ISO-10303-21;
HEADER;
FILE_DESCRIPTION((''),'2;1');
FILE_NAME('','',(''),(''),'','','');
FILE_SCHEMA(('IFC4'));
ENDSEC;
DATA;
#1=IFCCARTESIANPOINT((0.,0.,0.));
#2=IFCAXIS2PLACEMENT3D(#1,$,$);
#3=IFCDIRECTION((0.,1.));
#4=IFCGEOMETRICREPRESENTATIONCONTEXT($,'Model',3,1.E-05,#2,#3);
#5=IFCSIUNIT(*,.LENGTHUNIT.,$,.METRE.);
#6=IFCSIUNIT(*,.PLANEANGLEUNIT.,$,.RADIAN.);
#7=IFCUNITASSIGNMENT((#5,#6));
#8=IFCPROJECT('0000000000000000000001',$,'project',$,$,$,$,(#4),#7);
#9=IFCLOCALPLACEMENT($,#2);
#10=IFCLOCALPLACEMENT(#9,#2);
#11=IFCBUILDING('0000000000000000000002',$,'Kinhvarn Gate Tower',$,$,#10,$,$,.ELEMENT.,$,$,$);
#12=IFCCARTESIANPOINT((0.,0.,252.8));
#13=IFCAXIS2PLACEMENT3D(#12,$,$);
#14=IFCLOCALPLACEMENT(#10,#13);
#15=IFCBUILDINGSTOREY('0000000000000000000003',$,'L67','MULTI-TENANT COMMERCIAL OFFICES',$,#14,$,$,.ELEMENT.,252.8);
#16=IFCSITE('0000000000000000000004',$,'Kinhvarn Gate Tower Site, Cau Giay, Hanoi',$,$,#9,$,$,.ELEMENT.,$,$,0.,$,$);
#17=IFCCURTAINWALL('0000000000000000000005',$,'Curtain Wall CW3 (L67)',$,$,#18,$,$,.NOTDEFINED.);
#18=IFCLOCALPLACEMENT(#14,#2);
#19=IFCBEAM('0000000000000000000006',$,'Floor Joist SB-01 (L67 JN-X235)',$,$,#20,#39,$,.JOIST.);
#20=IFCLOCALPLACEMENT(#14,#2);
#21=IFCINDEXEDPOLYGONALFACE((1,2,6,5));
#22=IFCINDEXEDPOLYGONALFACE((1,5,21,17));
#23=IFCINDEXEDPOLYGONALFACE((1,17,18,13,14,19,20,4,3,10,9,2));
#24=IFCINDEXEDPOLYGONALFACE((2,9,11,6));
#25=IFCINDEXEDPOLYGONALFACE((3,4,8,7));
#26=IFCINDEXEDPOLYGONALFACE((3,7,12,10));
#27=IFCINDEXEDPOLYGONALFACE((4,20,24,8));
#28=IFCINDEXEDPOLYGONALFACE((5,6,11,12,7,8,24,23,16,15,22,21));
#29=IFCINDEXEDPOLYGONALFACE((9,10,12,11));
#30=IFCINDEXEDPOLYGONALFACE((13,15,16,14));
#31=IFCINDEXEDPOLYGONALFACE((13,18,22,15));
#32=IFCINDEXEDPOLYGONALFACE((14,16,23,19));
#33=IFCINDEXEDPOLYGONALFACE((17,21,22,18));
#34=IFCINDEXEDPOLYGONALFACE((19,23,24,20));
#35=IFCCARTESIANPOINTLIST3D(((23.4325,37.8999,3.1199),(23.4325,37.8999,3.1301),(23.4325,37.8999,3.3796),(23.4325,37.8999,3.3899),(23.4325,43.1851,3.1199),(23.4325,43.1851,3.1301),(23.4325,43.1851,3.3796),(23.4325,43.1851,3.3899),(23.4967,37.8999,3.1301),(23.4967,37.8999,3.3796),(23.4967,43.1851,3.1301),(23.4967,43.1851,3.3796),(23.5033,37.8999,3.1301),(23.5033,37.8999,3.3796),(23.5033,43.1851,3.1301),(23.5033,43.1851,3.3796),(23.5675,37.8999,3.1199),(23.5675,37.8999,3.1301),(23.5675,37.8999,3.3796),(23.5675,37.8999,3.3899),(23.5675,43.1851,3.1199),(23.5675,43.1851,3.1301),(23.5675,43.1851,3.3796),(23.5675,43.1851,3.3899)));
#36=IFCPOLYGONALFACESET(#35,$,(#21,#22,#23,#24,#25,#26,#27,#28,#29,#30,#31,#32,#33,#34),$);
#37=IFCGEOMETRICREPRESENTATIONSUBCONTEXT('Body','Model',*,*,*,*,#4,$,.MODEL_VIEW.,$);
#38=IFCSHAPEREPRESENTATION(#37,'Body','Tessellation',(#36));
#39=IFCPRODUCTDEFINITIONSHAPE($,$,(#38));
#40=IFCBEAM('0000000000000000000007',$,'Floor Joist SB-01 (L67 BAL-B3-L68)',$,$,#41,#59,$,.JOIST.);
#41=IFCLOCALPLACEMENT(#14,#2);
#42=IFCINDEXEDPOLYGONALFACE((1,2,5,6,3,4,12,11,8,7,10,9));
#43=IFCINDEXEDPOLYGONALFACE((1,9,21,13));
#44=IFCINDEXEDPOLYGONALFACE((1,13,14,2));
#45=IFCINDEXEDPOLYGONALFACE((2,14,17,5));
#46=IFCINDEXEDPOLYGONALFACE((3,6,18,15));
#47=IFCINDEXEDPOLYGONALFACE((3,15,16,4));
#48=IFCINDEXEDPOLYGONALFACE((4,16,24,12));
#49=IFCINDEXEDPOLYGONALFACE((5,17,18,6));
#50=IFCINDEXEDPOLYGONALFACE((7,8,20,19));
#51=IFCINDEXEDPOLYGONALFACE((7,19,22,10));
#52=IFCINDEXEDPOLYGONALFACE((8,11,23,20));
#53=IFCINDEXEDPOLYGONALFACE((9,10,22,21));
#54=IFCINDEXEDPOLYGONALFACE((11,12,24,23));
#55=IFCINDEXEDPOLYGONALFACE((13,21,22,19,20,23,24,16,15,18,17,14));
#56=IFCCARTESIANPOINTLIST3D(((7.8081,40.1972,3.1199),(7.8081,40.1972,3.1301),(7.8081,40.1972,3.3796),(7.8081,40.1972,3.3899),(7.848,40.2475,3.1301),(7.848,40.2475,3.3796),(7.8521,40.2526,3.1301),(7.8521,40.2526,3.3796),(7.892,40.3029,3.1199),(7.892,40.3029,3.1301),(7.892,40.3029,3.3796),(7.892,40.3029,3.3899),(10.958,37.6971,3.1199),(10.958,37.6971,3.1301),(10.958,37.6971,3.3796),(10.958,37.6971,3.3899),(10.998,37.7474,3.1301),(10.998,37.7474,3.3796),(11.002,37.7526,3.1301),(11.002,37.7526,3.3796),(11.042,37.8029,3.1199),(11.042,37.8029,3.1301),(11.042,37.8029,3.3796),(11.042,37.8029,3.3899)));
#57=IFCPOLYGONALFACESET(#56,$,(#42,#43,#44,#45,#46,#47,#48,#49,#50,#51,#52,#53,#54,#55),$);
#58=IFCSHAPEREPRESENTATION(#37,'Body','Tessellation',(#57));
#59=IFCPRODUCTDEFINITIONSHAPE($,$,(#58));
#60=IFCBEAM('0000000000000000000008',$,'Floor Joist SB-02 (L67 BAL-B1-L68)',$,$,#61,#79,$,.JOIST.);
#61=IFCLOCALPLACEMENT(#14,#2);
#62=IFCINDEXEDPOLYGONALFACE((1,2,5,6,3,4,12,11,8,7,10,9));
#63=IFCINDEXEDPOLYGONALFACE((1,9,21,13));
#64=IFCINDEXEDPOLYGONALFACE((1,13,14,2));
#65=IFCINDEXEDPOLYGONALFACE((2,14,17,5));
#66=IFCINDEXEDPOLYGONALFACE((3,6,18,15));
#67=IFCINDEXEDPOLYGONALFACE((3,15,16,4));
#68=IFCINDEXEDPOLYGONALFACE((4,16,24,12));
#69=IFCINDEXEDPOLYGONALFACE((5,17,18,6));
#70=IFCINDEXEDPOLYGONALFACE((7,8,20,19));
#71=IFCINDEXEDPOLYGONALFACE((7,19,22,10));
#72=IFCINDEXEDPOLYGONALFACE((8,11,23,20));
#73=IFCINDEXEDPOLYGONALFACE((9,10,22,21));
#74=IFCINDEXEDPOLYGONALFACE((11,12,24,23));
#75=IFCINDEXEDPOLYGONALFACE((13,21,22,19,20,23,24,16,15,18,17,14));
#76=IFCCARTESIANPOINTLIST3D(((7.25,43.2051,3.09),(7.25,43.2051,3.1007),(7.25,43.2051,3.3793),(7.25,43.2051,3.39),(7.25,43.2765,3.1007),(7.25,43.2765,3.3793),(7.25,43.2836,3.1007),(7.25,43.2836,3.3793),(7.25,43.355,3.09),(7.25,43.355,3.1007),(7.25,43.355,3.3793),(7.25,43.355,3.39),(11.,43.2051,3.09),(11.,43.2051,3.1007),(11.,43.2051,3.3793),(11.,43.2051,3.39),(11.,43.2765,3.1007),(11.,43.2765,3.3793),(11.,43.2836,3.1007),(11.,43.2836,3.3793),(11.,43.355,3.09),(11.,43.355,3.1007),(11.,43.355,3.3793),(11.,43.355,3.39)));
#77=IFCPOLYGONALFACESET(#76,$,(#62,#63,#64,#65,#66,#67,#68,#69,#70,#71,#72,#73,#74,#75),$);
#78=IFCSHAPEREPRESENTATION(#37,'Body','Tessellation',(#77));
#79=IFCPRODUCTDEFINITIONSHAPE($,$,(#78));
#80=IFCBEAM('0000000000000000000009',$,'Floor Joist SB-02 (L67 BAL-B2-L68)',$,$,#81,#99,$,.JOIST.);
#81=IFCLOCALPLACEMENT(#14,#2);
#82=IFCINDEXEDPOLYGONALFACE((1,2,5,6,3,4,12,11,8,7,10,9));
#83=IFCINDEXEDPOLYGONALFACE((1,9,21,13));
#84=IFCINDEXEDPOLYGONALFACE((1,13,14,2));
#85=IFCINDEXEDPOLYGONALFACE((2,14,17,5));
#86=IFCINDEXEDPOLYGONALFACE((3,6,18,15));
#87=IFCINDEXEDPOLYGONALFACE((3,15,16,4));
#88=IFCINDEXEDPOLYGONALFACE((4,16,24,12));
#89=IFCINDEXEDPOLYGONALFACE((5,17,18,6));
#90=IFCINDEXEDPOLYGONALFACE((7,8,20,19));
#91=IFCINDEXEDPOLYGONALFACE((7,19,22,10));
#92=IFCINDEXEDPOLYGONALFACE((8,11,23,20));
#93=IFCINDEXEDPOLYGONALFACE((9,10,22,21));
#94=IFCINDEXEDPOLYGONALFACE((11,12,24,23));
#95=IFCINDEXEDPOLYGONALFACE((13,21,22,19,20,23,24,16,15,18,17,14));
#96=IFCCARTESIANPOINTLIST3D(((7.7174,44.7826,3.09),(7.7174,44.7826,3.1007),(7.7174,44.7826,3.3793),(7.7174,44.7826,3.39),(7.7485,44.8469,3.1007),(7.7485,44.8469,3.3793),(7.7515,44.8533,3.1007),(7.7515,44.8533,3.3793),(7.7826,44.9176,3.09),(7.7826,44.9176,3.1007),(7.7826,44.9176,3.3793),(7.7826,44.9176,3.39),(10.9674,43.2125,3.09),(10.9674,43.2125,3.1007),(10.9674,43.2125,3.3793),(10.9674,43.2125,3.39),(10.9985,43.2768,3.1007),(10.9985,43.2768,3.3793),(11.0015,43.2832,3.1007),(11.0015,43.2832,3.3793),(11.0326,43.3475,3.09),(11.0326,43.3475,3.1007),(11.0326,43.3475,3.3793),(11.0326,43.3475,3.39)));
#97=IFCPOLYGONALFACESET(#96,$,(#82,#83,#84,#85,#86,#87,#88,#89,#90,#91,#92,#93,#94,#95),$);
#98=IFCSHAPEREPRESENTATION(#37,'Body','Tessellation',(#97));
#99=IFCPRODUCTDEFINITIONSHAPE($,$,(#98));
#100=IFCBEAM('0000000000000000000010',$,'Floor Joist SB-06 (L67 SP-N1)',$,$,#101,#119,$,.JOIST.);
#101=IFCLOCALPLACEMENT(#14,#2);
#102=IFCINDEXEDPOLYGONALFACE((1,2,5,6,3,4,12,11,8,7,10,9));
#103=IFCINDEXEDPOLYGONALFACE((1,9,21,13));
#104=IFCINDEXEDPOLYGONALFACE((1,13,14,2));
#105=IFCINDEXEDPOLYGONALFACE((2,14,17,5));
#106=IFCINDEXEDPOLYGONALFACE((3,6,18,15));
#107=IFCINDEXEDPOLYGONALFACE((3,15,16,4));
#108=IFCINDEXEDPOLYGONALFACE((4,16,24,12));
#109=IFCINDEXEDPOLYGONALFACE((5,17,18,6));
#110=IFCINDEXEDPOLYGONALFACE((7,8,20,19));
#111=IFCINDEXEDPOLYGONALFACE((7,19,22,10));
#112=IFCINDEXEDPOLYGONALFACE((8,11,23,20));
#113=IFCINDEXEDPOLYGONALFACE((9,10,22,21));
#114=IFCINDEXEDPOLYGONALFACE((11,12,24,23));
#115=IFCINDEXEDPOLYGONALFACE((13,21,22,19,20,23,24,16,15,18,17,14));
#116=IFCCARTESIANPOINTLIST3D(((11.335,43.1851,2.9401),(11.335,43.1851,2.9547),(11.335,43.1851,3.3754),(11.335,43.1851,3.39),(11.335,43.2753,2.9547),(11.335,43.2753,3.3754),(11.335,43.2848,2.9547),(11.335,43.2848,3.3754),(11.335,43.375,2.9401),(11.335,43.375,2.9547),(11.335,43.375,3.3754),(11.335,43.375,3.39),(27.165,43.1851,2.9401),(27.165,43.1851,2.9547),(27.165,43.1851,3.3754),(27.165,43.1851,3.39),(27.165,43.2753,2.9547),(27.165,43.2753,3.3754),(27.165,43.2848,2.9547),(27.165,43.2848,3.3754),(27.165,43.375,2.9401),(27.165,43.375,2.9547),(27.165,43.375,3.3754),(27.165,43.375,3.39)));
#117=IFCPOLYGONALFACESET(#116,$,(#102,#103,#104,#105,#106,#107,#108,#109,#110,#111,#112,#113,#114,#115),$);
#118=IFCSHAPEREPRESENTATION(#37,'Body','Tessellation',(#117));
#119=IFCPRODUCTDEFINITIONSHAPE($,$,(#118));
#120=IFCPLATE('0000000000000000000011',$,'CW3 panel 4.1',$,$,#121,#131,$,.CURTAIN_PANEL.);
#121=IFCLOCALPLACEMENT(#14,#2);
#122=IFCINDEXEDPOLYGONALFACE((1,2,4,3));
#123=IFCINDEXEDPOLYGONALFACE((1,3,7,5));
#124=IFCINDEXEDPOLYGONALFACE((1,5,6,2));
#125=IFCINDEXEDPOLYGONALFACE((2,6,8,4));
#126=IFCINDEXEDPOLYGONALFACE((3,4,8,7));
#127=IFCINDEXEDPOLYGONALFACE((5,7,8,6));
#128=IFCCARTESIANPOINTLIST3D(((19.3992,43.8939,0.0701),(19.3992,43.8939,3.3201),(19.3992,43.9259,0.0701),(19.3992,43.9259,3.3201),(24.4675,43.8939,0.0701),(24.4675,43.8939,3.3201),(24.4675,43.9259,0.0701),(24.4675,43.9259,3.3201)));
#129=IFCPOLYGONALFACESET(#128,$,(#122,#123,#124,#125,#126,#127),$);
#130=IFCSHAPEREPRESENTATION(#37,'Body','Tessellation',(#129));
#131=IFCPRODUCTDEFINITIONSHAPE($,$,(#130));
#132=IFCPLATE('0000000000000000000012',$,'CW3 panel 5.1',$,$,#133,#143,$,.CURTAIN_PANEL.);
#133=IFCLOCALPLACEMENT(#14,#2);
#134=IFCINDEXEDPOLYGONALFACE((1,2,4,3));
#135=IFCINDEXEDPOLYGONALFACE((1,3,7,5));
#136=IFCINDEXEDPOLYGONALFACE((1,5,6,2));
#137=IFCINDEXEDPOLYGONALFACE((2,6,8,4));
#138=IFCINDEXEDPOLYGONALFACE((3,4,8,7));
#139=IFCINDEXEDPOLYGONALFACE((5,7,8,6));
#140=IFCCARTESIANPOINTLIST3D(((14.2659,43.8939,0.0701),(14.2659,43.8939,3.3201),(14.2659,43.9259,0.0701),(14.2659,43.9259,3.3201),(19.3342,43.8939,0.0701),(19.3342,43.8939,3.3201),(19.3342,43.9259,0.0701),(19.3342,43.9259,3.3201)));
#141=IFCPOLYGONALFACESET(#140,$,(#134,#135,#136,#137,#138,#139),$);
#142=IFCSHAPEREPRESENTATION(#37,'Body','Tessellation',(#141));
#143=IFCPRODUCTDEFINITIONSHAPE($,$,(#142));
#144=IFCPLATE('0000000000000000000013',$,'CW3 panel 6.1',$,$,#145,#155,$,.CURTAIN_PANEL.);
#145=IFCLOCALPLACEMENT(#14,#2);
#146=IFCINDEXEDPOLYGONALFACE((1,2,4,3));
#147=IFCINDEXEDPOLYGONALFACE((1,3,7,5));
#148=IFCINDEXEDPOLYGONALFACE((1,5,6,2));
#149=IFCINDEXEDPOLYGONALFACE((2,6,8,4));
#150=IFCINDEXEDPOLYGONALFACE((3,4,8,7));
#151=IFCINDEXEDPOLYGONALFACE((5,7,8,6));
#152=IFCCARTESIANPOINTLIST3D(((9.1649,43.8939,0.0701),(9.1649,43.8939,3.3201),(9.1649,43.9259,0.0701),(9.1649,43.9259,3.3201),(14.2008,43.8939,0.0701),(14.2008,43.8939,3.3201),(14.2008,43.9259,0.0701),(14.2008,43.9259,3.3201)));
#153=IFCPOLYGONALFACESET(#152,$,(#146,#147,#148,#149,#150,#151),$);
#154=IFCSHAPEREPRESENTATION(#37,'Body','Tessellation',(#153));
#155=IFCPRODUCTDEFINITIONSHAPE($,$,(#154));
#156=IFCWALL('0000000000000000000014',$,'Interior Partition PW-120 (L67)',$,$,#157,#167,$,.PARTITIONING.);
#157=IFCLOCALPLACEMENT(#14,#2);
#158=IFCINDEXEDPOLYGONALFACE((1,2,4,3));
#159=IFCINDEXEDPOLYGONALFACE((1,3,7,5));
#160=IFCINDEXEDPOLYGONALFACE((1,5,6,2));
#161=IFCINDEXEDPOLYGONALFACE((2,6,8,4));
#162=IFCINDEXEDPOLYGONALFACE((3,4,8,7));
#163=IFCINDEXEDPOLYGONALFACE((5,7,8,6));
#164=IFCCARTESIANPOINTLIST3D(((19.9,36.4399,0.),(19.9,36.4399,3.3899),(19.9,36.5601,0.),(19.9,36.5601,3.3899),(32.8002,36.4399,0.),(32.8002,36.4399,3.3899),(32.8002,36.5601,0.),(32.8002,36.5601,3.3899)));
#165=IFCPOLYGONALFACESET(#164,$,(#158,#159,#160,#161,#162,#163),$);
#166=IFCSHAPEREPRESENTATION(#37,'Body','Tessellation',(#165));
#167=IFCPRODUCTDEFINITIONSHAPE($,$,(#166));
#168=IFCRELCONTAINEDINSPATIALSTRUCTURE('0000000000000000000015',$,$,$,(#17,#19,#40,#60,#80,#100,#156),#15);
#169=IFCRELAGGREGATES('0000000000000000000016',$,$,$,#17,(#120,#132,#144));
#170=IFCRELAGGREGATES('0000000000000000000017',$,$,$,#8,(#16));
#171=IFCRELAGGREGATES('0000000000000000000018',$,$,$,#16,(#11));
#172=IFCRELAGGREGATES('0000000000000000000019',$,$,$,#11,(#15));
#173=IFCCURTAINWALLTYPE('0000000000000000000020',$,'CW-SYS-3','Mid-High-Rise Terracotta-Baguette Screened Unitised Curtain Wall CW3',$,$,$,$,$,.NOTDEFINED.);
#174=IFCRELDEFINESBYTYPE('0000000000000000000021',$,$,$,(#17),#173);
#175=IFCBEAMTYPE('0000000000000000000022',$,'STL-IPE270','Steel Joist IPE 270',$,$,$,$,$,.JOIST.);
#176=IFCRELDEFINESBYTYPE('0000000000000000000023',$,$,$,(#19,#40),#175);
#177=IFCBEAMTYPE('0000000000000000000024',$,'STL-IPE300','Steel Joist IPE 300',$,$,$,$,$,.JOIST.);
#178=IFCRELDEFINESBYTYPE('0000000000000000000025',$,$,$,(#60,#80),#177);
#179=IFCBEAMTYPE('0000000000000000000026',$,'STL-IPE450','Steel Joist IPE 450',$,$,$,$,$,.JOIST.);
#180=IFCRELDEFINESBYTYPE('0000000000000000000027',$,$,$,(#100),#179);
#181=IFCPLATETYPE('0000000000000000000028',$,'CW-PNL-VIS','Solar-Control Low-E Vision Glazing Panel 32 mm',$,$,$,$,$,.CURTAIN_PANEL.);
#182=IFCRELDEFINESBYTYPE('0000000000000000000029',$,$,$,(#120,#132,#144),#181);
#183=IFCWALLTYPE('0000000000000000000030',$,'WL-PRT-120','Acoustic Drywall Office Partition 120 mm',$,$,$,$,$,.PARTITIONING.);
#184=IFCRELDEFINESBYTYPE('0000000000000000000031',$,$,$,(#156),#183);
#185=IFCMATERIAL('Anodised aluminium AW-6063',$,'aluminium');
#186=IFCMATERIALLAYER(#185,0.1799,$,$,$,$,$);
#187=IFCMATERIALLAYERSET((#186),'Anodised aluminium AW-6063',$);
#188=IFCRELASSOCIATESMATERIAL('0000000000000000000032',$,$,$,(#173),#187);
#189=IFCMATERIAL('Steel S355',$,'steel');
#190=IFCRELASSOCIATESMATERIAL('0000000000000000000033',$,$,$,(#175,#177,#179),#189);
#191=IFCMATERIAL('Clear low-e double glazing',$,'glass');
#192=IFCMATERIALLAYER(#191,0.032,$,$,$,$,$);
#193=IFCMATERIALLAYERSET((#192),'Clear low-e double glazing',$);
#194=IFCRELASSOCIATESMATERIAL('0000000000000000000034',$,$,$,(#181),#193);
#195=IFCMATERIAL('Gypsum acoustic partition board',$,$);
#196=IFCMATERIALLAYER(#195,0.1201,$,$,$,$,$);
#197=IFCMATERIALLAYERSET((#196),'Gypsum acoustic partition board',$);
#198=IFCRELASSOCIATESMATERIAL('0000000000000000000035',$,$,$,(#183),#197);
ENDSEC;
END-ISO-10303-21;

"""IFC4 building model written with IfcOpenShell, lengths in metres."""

from ifc_helpers import new_model, si_unit, direction, frame, frame_2d, origin, origin_2d, place, context, subcontext, project, spatial, rectangle, i_section, extrude, material, layer, layer_set, material_profile, profile_set, type_object, element, aggregate, save


model = new_model("IFC4")

# Units and contexts
model_context = context("Model", 3, precision=1e-05, world=origin(), true_north=direction((0.0, 1.0)))
body_context = subcontext(model_context, "Body", "Model", "MODEL_VIEW")
ifc_project = project(units=[si_unit("LENGTHUNIT", "METRE"), si_unit("PLANEANGLEUNIT", "RADIAN")], contexts=[model_context])

# Site, building, storey
site_placement = place(None, origin())
site = spatial("IfcSite", under=ifc_project, at=site_placement, Name="Kinhvarn Gate Tower Site, Cau Giay, Hanoi", CompositionType="ELEMENT", RefElevation=0.0)
building_placement = place(site_placement, origin())
building = spatial("IfcBuilding", under=site, at=building_placement, Name="Kinhvarn Gate Tower", CompositionType="ELEMENT")
storey_placement = place(building_placement, frame((0.0, 0.0, 252.8)))
storey = spatial("IfcBuildingStorey", under=building, at=storey_placement, Name="L67", Description="MULTI-TENANT COMMERCIAL OFFICES", CompositionType="ELEMENT", Elevation=252.8)

# Curtain wall
ifc_material_1 = material(Name="Anodised aluminium AW-6063", Category="aluminium")
ifc_layer_1 = layer(ifc_material_1, 0.1799)
ifc_layer_set_1 = layer_set([ifc_layer_1], Name="Anodised aluminium AW-6063")
curtain_wall_type = type_object("IfcCurtainWallType", Name="CW-SYS-3", Description="Mid-High-Rise Terracotta-Baguette Screened Unitised Curtain Wall CW3", PredefinedType="NOTDEFINED", material=ifc_layer_set_1)
curtain_wall_placement = place(storey_placement, origin())
curtain_wall = element("IfcCurtainWall", 1, at=curtain_wall_placement, inside=storey, type_object=curtain_wall_type, Name="Curtain Wall CW3 (L67)", PredefinedType="NOTDEFINED")

# Beams
ifc_material_2 = material(Name="Steel S355", Category="steel")
ifc_material_profile_1 = material_profile(ifc_material_2, i_section(OverallWidth=0.135, OverallDepth=0.27, WebThickness=0.0066, FlangeThickness=0.0103, at=origin_2d()), Name="IPE 270")
ifc_profile_set_1 = profile_set([ifc_material_profile_1], Name="Steel S355")
beam_type_1 = type_object("IfcBeamType", Name="STL-IPE270", Description="Steel Joist IPE 270", PredefinedType="JOIST", material=ifc_profile_set_1)
for number, where, z_axis, x_axis, name in (
    (2, (23.5, 37.8999, 3.2549), (0.0, 1.0, 0.0), (-1.0, 0.0, 0.0), "Floor Joist SB-01 (L67 JN-X235)"),
):
    element("IfcBeam", number, at=place(storey_placement, frame(where, z_axis=z_axis, x_axis=x_axis)), inside=storey, type_object=beam_type_1, Name=name, PredefinedType="JOIST", context=body_context, shape_type="SweptSolid", body=[
        extrude(i_section(OverallWidth=0.135, OverallDepth=0.27, WebThickness=0.0066, FlangeThickness=0.0103, at=origin_2d()), origin(), (0.0, 0.0, 1.0), 5.2852),
    ])
beam_1_placement = place(storey_placement, frame((11.0, 37.75, 3.2549), z_axis=(-0.78328, 0.62167, 0.0), x_axis=(-0.62167, -0.78328, 0.0)))
element("IfcBeam", 3, at=beam_1_placement, inside=storey, type_object=beam_type_1, Name="Floor Joist SB-01 (L67 BAL-B3-L68)", PredefinedType="JOIST", context=body_context, shape_type="SweptSolid", body=[
    extrude(i_section(OverallWidth=0.135, OverallDepth=0.27, WebThickness=0.0066, FlangeThickness=0.0103, at=origin_2d()), origin(), (0.0, 0.0, 1.0), 4.0215),
])
ifc_material_profile_2 = material_profile(ifc_material_2, i_section(OverallWidth=0.1499, OverallDepth=0.3, WebThickness=0.0071, FlangeThickness=0.0107, at=origin_2d()), Name="IPE 300")
ifc_profile_set_2 = profile_set([ifc_material_profile_2], Name="Steel S355")
beam_type_2 = type_object("IfcBeamType", Name="STL-IPE300", Description="Steel Joist IPE 300", PredefinedType="JOIST", material=ifc_profile_set_2)
beam_2_placement = place(storey_placement, frame((11.0, 43.28, 3.24), z_axis=(-1.0, 0.0, 0.0), x_axis=(0.0, -1.0, 0.0)))
element("IfcBeam", 4, at=beam_2_placement, inside=storey, type_object=beam_type_2, Name="Floor Joist SB-02 (L67 BAL-B1-L68)", PredefinedType="JOIST", context=body_context, shape_type="SweptSolid", body=[
    extrude(i_section(OverallWidth=0.1499, OverallDepth=0.3, WebThickness=0.0071, FlangeThickness=0.0107, at=origin_2d()), origin(), (0.0, 0.0, 1.0), 3.75),
])
beam_3_placement = place(storey_placement, frame((11.0, 43.28, 3.24), z_axis=(-0.900432, 0.434997, 0.0), x_axis=(-0.434997, -0.900432, 0.0)))
element("IfcBeam", 5, at=beam_3_placement, inside=storey, type_object=beam_type_2, Name="Floor Joist SB-02 (L67 BAL-B2-L68)", PredefinedType="JOIST", context=body_context, shape_type="SweptSolid", body=[
    extrude(i_section(OverallWidth=0.1499, OverallDepth=0.3, WebThickness=0.0071, FlangeThickness=0.0107, at=origin_2d()), origin(), (0.0, 0.0, 1.0), 3.6094),
])
ifc_material_profile_3 = material_profile(ifc_material_2, i_section(OverallWidth=0.1899, OverallDepth=0.45, WebThickness=0.0095, FlangeThickness=0.0146, at=origin_2d()), Name="IPE 450")
ifc_profile_set_3 = profile_set([ifc_material_profile_3], Name="Steel S355")
beam_type_3 = type_object("IfcBeamType", Name="STL-IPE450", Description="Steel Joist IPE 450", PredefinedType="JOIST", material=ifc_profile_set_3)
beam_4_placement = place(storey_placement, frame((11.335, 43.28, 3.165), z_axis=(1.0, 0.0, 0.0), x_axis=(0.0, 1.0, 0.0)))
element("IfcBeam", 6, at=beam_4_placement, inside=storey, type_object=beam_type_3, Name="Floor Joist SB-06 (L67 SP-N1)", PredefinedType="JOIST", context=body_context, shape_type="SweptSolid", body=[
    extrude(i_section(OverallWidth=0.1899, OverallDepth=0.45, WebThickness=0.0095, FlangeThickness=0.0146, at=origin_2d()), origin(), (0.0, 0.0, 1.0), 15.8301),
])

# Plates
ifc_material_3 = material(Name="Clear low-e double glazing", Category="glass")
ifc_layer_2 = layer(ifc_material_3, 0.032)
ifc_layer_set_2 = layer_set([ifc_layer_2], Name="Clear low-e double glazing")
plate_type = type_object("IfcPlateType", Name="CW-PNL-VIS", Description="Solar-Control Low-E Vision Glazing Panel 32 mm", PredefinedType="CURTAIN_PANEL", material=ifc_layer_set_2)
plate_1_placement = place(storey_placement, frame((21.9333, 43.9099, 0.0701), z_axis=(0.0, 0.0, 1.0), x_axis=(-1.0, 0.0, 0.0)))
plate_1 = element("IfcPlate", 7, at=plate_1_placement, type_object=plate_type, Name="CW3 panel 4.1", PredefinedType="CURTAIN_PANEL", context=body_context, shape_type="SweptSolid", body=[
    extrude(rectangle(XDim=5.0684, YDim=0.032, at=origin_2d()), origin(), (0.0, 0.0, 1.0), 3.25),
])
plate_2_placement = place(storey_placement, frame((16.8, 43.9099, 0.0701), z_axis=(0.0, 0.0, 1.0), x_axis=(-1.0, 0.0, 0.0)))
plate_2 = element("IfcPlate", 8, at=plate_2_placement, type_object=plate_type, Name="CW3 panel 5.1", PredefinedType="CURTAIN_PANEL", context=body_context, shape_type="SweptSolid", body=[
    extrude(rectangle(XDim=5.0684, YDim=0.032, at=origin_2d()), origin(), (0.0, 0.0, 1.0), 3.25),
])
plate_3_placement = place(storey_placement, frame((11.6829, 43.9099, 0.0701), z_axis=(0.0, 0.0, 1.0), x_axis=(-1.0, 0.0, 0.0)))
plate_3 = element("IfcPlate", 9, at=plate_3_placement, type_object=plate_type, Name="CW3 panel 6.1", PredefinedType="CURTAIN_PANEL", context=body_context, shape_type="SweptSolid", body=[
    extrude(rectangle(XDim=5.0359, YDim=0.032, at=origin_2d()), origin(), (0.0, 0.0, 1.0), 3.25),
])
aggregate(curtain_wall, [plate_1, plate_2, plate_3])

# Wall
ifc_material_4 = material(Name="Gypsum acoustic partition board")
ifc_layer_3 = layer(ifc_material_4, 0.1201)
ifc_layer_set_3 = layer_set([ifc_layer_3], Name="Gypsum acoustic partition board")
wall_type_1 = type_object("IfcWallType", Name="WL-PRT-120", Description="Acoustic Drywall Office Partition 120 mm", PredefinedType="PARTITIONING", material=ifc_layer_set_3)
wall_1_placement = place(storey_placement, frame((19.8999, 36.5, 0.0), z_axis=(0.0, 0.0, 1.0), x_axis=(1.0, 0.0, 0.0)))
element("IfcWall", 10, at=wall_1_placement, inside=storey, type_object=wall_type_1, Name="Interior Partition PW-120 (L67)", PredefinedType="PARTITIONING", context=body_context, shape_type="SweptSolid", body=[
    extrude(rectangle(XDim=12.9001, YDim=0.1201, at=frame_2d((6.4502, 0.0))), origin(), (0.0, 0.0, 1.0), 3.3899),
])

save(model, "model.ifc")
